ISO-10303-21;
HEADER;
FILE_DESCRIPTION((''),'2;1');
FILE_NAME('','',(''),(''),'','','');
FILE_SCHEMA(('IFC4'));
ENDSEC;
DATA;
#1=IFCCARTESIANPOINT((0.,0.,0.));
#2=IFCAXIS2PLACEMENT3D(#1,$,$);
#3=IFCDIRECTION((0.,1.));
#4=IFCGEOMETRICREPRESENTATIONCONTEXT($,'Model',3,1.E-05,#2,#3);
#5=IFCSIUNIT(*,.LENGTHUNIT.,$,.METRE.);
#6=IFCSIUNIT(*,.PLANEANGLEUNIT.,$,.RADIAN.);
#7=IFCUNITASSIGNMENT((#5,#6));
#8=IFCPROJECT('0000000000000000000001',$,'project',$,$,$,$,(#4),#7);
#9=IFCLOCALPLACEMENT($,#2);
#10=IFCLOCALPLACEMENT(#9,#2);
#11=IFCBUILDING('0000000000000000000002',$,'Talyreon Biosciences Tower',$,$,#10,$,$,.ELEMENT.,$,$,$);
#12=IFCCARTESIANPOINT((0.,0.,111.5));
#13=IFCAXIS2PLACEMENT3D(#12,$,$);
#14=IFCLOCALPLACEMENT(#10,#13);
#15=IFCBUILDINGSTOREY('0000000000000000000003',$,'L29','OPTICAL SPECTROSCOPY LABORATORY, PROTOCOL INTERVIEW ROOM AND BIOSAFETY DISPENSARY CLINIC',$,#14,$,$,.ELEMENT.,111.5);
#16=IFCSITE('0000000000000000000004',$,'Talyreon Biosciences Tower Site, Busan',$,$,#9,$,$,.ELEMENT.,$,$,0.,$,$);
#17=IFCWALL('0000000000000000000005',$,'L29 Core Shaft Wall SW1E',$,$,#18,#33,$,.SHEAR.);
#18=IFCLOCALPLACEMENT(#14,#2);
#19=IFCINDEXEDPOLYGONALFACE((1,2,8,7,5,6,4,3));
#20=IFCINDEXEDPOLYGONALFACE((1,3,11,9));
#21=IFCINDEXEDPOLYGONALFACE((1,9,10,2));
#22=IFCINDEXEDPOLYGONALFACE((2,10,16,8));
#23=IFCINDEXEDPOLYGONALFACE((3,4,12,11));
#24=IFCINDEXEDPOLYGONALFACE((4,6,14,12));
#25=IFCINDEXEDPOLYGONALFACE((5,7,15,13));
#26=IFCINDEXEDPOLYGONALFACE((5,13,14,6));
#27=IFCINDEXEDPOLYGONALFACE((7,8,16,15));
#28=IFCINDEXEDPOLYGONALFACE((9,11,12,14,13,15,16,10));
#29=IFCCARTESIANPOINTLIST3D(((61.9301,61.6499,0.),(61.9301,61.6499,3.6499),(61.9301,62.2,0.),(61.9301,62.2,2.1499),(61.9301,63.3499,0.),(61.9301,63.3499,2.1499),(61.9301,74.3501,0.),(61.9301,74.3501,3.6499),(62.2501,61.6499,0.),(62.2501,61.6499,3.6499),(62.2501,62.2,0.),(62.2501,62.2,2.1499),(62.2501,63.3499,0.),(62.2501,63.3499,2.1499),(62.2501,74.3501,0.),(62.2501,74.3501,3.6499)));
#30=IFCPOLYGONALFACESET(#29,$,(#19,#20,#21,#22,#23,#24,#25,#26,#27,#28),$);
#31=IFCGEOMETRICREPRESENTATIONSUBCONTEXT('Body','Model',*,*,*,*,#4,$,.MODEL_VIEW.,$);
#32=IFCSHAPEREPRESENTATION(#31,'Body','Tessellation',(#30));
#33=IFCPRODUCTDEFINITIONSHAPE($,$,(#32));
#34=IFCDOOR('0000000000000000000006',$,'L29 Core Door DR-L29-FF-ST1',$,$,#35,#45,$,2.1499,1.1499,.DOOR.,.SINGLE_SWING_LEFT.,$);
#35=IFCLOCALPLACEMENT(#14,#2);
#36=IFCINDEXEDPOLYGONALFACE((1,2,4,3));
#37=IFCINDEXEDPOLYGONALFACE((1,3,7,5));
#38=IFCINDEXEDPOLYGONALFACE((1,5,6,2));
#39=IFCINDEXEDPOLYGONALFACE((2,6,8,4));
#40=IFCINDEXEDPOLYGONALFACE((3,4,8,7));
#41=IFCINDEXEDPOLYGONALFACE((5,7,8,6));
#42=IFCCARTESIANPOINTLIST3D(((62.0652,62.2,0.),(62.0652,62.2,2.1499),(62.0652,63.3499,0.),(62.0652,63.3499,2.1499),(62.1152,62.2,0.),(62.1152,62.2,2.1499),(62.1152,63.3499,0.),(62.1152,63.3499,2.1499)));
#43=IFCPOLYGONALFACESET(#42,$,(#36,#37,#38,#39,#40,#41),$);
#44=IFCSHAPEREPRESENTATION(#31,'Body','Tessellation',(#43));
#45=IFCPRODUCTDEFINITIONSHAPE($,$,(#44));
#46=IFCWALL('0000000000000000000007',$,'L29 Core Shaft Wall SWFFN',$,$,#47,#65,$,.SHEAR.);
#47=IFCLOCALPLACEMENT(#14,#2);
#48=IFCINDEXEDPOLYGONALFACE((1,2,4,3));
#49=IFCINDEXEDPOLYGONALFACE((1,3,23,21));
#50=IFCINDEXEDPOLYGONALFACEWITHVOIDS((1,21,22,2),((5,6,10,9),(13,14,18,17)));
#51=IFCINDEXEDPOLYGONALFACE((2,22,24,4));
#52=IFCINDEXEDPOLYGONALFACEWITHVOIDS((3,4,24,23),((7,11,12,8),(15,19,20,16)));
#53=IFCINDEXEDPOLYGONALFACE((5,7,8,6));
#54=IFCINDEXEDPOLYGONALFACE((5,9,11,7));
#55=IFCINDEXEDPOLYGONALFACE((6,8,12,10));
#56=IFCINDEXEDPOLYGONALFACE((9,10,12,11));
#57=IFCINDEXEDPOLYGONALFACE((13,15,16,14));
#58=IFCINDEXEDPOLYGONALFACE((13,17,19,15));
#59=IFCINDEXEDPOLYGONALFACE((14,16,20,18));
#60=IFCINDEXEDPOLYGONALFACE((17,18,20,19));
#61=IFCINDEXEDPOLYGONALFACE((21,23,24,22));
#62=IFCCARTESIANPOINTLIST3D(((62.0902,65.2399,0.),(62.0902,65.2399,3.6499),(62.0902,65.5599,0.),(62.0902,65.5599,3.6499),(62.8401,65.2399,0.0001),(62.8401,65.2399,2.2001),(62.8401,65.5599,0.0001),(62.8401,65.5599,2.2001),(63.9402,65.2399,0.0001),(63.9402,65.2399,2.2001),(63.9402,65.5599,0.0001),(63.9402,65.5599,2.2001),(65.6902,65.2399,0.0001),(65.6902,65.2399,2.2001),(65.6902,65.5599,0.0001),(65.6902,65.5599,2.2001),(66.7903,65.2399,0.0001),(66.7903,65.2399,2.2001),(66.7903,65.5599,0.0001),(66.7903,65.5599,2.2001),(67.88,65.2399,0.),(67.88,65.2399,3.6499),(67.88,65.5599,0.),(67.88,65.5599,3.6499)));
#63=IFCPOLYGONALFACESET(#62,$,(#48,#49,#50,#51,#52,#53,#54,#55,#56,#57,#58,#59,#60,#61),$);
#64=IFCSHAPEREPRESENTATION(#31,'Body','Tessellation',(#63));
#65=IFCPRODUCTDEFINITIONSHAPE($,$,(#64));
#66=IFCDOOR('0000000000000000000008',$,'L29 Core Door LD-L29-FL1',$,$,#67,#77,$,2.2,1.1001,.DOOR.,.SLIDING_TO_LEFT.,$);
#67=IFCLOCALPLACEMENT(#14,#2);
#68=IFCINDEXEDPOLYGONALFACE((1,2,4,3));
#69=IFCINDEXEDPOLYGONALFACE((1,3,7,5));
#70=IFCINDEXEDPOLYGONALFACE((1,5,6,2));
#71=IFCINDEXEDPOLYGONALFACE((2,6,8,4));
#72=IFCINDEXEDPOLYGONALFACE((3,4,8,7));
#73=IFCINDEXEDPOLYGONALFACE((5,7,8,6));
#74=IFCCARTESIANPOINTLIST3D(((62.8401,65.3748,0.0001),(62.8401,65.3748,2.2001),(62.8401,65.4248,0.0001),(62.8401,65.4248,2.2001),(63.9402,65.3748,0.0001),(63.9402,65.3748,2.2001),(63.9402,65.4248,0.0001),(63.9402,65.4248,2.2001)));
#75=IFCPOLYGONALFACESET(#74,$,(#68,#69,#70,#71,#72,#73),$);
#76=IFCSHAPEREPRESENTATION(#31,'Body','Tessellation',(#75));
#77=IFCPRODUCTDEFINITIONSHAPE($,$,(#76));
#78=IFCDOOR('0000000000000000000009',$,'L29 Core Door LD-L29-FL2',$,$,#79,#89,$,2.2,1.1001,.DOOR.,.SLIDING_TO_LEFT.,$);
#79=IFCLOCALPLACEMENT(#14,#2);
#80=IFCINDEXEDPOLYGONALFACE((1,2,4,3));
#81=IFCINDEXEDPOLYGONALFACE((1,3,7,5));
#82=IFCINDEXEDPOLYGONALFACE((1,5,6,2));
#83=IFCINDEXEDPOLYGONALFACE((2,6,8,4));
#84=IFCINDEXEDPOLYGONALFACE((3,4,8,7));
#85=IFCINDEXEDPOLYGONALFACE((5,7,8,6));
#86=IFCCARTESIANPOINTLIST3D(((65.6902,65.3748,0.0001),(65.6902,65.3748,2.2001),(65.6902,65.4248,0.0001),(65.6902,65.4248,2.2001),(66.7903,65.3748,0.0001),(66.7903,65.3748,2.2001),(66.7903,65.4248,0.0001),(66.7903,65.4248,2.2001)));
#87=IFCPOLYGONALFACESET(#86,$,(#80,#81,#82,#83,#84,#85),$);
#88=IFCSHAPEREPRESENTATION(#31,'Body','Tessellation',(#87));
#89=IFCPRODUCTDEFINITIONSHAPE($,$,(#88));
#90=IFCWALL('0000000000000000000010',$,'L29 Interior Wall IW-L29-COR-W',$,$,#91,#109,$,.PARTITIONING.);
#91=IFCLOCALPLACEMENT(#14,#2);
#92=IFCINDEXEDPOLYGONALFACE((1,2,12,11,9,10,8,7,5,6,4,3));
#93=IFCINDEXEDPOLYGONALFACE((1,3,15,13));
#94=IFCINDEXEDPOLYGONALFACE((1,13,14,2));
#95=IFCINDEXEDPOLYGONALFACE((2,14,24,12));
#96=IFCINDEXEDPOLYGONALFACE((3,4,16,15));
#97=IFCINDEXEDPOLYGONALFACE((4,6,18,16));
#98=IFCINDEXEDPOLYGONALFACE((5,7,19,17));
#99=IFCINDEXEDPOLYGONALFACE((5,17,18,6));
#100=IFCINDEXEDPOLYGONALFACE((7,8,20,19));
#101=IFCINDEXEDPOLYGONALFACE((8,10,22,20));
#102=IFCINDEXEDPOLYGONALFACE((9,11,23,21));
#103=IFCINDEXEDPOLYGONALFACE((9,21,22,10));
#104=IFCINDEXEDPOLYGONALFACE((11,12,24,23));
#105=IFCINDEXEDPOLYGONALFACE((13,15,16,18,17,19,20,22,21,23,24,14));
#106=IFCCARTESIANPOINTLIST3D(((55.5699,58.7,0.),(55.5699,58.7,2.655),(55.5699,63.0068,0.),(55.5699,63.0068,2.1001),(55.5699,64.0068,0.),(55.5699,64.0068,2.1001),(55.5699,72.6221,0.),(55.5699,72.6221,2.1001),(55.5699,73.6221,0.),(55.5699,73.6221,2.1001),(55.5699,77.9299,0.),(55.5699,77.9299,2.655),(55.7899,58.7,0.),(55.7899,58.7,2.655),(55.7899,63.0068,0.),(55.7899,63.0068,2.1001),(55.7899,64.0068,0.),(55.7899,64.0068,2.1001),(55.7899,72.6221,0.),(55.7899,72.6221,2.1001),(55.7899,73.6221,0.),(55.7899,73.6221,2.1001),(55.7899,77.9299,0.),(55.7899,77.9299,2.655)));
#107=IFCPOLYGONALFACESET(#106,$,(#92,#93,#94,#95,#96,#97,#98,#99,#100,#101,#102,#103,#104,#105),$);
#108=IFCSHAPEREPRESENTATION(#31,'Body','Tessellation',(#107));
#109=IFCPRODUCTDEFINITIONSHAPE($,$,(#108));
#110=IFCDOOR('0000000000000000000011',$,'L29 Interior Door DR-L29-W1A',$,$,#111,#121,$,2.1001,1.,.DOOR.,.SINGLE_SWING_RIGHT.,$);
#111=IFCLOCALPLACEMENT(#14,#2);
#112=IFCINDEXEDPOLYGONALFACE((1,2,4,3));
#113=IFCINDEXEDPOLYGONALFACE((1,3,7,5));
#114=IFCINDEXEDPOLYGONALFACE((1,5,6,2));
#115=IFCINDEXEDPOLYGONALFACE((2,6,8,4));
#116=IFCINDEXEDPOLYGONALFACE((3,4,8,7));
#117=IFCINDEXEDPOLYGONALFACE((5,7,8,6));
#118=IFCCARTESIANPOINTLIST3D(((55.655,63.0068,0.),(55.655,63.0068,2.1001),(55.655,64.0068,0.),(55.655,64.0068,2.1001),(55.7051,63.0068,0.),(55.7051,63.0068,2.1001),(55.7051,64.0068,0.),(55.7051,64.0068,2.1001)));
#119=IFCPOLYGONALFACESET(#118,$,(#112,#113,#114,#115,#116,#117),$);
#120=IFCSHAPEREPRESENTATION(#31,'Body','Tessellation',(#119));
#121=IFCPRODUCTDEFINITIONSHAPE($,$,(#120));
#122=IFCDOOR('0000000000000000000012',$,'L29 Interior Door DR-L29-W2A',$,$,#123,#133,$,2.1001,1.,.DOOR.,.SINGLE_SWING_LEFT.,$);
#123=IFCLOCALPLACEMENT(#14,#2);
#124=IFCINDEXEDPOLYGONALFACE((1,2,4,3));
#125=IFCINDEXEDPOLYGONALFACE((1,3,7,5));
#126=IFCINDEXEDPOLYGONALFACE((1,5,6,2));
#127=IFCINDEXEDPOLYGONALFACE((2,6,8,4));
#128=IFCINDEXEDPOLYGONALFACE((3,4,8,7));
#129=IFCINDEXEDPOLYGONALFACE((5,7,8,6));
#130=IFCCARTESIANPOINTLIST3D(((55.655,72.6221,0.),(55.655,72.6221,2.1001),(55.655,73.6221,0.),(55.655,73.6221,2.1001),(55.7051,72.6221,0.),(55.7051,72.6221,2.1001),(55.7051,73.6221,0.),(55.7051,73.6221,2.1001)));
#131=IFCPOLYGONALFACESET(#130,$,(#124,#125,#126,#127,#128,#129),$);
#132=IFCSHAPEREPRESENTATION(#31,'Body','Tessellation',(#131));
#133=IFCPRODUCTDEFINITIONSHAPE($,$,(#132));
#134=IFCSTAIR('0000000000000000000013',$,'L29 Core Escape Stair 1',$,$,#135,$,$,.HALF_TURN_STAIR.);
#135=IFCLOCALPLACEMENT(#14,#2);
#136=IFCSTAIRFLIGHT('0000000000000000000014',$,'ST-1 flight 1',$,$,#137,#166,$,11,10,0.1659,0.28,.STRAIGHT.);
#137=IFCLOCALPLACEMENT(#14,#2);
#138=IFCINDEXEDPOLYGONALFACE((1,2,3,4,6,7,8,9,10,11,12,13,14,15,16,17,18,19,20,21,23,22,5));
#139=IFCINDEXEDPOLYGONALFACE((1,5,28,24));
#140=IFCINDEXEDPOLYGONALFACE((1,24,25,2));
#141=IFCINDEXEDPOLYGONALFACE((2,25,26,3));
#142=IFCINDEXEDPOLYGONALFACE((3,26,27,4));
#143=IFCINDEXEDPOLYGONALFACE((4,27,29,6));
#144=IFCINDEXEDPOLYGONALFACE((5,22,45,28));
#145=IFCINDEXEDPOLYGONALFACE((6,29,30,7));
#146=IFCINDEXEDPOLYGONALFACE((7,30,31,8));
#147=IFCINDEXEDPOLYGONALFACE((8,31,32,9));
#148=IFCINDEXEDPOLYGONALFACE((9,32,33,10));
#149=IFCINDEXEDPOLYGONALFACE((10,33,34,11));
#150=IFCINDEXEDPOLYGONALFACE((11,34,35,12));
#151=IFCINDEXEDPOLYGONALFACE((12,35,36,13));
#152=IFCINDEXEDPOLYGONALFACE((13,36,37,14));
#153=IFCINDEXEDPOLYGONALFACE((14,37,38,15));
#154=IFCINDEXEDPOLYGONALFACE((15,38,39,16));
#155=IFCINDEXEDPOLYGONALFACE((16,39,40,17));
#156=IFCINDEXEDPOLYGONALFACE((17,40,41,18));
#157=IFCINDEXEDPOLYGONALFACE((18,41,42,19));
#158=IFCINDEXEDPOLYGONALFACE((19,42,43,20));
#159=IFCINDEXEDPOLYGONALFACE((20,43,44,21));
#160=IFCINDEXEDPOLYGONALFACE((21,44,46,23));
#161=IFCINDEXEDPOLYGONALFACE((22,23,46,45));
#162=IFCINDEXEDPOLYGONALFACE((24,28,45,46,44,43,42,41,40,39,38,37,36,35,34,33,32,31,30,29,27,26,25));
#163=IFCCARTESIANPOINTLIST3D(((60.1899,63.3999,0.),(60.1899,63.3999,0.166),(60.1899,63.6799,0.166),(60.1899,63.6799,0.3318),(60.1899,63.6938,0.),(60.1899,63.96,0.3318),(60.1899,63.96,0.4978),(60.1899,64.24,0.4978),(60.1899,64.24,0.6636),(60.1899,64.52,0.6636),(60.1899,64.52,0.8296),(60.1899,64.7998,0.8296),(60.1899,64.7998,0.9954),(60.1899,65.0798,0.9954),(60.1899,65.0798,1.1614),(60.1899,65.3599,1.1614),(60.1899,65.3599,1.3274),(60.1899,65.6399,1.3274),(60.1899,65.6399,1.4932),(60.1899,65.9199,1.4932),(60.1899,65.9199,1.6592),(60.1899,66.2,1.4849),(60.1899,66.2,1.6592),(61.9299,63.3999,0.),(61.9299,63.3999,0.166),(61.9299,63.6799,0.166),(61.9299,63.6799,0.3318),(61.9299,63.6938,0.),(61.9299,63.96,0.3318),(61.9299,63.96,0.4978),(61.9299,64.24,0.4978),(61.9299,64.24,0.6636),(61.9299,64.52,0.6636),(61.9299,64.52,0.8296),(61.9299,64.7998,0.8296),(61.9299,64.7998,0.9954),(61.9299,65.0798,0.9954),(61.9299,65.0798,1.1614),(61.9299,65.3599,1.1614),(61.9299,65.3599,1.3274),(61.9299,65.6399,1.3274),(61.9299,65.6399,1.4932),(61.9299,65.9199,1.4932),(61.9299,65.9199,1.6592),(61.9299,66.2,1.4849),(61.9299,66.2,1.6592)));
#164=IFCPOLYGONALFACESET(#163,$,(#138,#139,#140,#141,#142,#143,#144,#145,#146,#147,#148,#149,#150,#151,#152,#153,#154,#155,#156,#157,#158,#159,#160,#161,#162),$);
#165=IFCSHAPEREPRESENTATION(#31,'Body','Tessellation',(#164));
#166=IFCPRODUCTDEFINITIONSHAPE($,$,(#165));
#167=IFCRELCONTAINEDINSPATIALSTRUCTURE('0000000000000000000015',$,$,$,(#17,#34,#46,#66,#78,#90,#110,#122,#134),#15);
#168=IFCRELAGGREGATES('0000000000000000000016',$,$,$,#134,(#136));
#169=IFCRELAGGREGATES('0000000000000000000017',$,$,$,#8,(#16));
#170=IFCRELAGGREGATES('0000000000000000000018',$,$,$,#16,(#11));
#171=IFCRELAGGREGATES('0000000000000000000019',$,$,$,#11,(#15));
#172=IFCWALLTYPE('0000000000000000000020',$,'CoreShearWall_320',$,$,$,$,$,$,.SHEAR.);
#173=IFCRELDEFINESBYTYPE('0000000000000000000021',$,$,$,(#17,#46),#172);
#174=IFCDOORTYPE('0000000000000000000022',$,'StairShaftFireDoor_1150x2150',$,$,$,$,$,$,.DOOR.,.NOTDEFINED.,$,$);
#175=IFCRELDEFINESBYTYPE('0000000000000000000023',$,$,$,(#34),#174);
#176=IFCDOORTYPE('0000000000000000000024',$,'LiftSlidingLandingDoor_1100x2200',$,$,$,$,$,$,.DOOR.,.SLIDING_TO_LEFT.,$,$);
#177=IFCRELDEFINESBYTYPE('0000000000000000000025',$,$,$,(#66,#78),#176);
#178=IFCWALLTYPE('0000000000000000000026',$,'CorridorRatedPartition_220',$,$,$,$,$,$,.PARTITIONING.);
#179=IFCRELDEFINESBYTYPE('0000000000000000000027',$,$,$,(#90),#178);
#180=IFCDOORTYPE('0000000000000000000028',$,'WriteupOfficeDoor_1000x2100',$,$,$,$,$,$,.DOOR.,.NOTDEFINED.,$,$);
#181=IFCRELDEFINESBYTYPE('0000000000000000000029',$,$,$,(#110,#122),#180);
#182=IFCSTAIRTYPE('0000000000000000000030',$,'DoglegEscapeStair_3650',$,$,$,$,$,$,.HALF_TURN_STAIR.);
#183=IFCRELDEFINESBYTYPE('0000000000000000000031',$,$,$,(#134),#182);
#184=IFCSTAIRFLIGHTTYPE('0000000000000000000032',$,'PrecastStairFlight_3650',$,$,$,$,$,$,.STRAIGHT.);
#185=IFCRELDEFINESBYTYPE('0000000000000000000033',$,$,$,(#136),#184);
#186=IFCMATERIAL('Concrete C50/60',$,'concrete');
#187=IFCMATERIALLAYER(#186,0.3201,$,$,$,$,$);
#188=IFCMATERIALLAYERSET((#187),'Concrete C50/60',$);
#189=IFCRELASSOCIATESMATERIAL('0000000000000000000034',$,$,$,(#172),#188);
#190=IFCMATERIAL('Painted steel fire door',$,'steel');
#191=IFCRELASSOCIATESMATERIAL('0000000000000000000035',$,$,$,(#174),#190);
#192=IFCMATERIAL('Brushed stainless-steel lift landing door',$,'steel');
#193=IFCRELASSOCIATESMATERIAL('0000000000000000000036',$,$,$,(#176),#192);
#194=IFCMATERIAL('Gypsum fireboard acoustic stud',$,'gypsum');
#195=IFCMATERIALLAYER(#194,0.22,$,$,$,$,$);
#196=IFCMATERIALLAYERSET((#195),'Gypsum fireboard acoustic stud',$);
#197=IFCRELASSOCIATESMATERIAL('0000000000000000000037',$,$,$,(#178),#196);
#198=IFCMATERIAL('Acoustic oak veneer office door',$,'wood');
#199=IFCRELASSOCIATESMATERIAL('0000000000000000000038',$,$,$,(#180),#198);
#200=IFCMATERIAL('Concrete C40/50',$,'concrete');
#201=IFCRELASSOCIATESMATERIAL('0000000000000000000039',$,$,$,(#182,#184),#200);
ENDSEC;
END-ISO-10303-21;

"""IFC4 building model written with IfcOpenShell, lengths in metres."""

from ifc_helpers import new_model, si_unit, direction, frame, frame_2d, origin, place, context, subcontext, project, spatial, polyline, rectangle, outline, extrude, material, layer, layer_set, type_object, element, fill, aggregate, save


model = new_model("IFC4")

# Units and contexts
model_context = context("Model", 3, precision=1e-05, world=origin(), true_north=direction((0.0, 1.0)))
body_context = subcontext(model_context, "Body", "Model", "MODEL_VIEW")
ifc_project = project(units=[si_unit("LENGTHUNIT", "METRE"), si_unit("PLANEANGLEUNIT", "RADIAN")], contexts=[model_context])

# Site, building, storey
site_placement = place(None, origin())
site = spatial("IfcSite", under=ifc_project, at=site_placement, Name="Talyreon Biosciences Tower Site, Busan", CompositionType="ELEMENT", RefElevation=0.0)
building_placement = place(site_placement, origin())
building = spatial("IfcBuilding", under=site, at=building_placement, Name="Talyreon Biosciences Tower", CompositionType="ELEMENT")
storey_placement = place(building_placement, frame((0.0, 0.0, 111.5)))
storey = spatial("IfcBuildingStorey", under=building, at=storey_placement, Name="L29", Description="OPTICAL SPECTROSCOPY LABORATORY, PROTOCOL INTERVIEW ROOM AND BIOSAFETY DISPENSARY CLINIC", CompositionType="ELEMENT", Elevation=111.5)

# Shared definitions
ifc_material_1 = material(Name="Concrete C50/60", Category="concrete")

# Wall, opening, door
ifc_layer_1 = layer(ifc_material_1, 0.3201)
ifc_layer_set_1 = layer_set([ifc_layer_1], Name="Concrete C50/60")
wall_type_1 = type_object("IfcWallType", Name="CoreShearWall_320", PredefinedType="SHEAR", material=ifc_layer_set_1)
wall_1_placement = place(storey_placement, frame((62.0901, 61.6499, 0.0), z_axis=(0.0, 0.0, 1.0), x_axis=(0.0, 1.0, 0.0)))
wall_1 = element("IfcWall", 1, at=wall_1_placement, inside=storey, type_object=wall_type_1, Name="L29 Core Shaft Wall SW1E", PredefinedType="SHEAR", context=body_context, shape_type="SweptSolid", body=[
    extrude(rectangle(XDim=12.7002, YDim=0.3201, at=frame_2d((6.3501, 0.0))), origin(), (0.0, 0.0, 1.0), 3.6499),
])
opening_1_placement = place(wall_1_placement, frame((0.55, 0.0, 0.0)))
opening_1 = element("IfcOpeningElement", 2, at=opening_1_placement, cuts=wall_1, PredefinedType="OPENING", context=body_context, shape_type="SweptSolid", body=[
    extrude(rectangle(XDim=1.1499, YDim=2.1499, at=frame_2d((0.575, 1.075))), frame((0.0, 0.1699, 0.0), z_axis=(0.0, -1.0, 0.0), x_axis=(1.0, 0.0, 0.0)), (0.0, 0.0, 1.0), 0.3401),
])
ifc_material_2 = material(Name="Painted steel fire door", Category="steel")
door_type_1 = type_object("IfcDoorType", Name="StairShaftFireDoor_1150x2150", OperationType="NOTDEFINED", PredefinedType="DOOR", material=ifc_material_2)
door_1_placement = place(opening_1_placement, origin())
door_1 = element("IfcDoor", 3, at=door_1_placement, inside=storey, type_object=door_type_1, Name="L29 Core Door DR-L29-FF-ST1", OperationType="SINGLE_SWING_LEFT", OverallHeight=2.1499, OverallWidth=1.1499, PredefinedType="DOOR", context=body_context, shape_type="SweptSolid", body=[
    extrude(rectangle(XDim=1.1499, YDim=2.1499, at=frame_2d((0.575, 1.075))), frame((0.0, 0.0249, 0.0), z_axis=(0.0, -1.0, 0.0), x_axis=(1.0, 0.0, 0.0)), (0.0, 0.0, 1.0), 0.05),
])
fill(opening_1, door_1)

# Walls, openings, doors
wall_2_placement = place(storey_placement, frame((62.0901, 65.3999, 0.0), z_axis=(0.0, 0.0, 1.0), x_axis=(1.0, 0.0, 0.0)))
wall_2 = element("IfcWall", 4, at=wall_2_placement, inside=storey, type_object=wall_type_1, Name="L29 Core Shaft Wall SWFFN", PredefinedType="SHEAR", context=body_context, shape_type="SweptSolid", body=[
    extrude(rectangle(XDim=5.7898, YDim=0.3201, at=frame_2d((2.895, 0.0))), origin(), (0.0, 0.0, 1.0), 3.6499),
])
opening_2_placement = place(wall_2_placement, frame((0.75, 0.0, 0.0)))
opening_2 = element("IfcOpeningElement", 5, at=opening_2_placement, cuts=wall_2, PredefinedType="OPENING", context=body_context, shape_type="SweptSolid", body=[
    extrude(rectangle(XDim=1.1001, YDim=2.2, at=frame_2d((0.55, 1.1001))), frame((0.0, 0.1699, 0.0), z_axis=(0.0, -1.0, 0.0), x_axis=(1.0, 0.0, 0.0)), (0.0, 0.0, 1.0), 0.3401),
])
opening_3_placement = place(wall_2_placement, frame((3.6001, 0.0, 0.0)))
opening_3 = element("IfcOpeningElement", 6, at=opening_3_placement, cuts=wall_2, PredefinedType="OPENING", context=body_context, shape_type="SweptSolid", body=[
    extrude(rectangle(XDim=1.1001, YDim=2.2, at=frame_2d((0.55, 1.1001))), frame((0.0, 0.1699, 0.0), z_axis=(0.0, -1.0, 0.0), x_axis=(1.0, 0.0, 0.0)), (0.0, 0.0, 1.0), 0.3401),
])
ifc_material_3 = material(Name="Brushed stainless-steel lift landing door", Category="steel")
door_type_2 = type_object("IfcDoorType", Name="LiftSlidingLandingDoor_1100x2200", OperationType="SLIDING_TO_LEFT", PredefinedType="DOOR", material=ifc_material_3)
door_2_placement = place(opening_2_placement, origin())
door_2 = element("IfcDoor", 7, at=door_2_placement, inside=storey, type_object=door_type_2, Name="L29 Core Door LD-L29-FL1", OperationType="SLIDING_TO_LEFT", OverallHeight=2.2, OverallWidth=1.1001, PredefinedType="DOOR", context=body_context, shape_type="SweptSolid", body=[
    extrude(rectangle(XDim=1.1001, YDim=2.2, at=frame_2d((0.55, 1.1001))), frame((0.0, 0.0249, 0.0), z_axis=(0.0, -1.0, 0.0), x_axis=(1.0, 0.0, 0.0)), (0.0, 0.0, 1.0), 0.05),
])
fill(opening_2, door_2)
door_3_placement = place(opening_3_placement, origin())
door_3 = element("IfcDoor", 8, at=door_3_placement, inside=storey, type_object=door_type_2, Name="L29 Core Door LD-L29-FL2", OperationType="SLIDING_TO_LEFT", OverallHeight=2.2, OverallWidth=1.1001, PredefinedType="DOOR", context=body_context, shape_type="SweptSolid", body=[
    extrude(rectangle(XDim=1.1001, YDim=2.2, at=frame_2d((0.55, 1.1001))), frame((0.0, 0.0249, 0.0), z_axis=(0.0, -1.0, 0.0), x_axis=(1.0, 0.0, 0.0)), (0.0, 0.0, 1.0), 0.05),
])
fill(opening_3, door_3)
ifc_material_4 = material(Name="Gypsum fireboard acoustic stud", Category="gypsum")
ifc_layer_2 = layer(ifc_material_4, 0.22)
ifc_layer_set_2 = layer_set([ifc_layer_2], Name="Gypsum fireboard acoustic stud")
wall_type_2 = type_object("IfcWallType", Name="CorridorRatedPartition_220", PredefinedType="PARTITIONING", material=ifc_layer_set_2)
wall_3_placement = place(storey_placement, frame((55.6799, 58.7, 0.0), z_axis=(0.0, 0.0, 1.0), x_axis=(0.0, 1.0, 0.0)))
wall_3 = element("IfcWall", 9, at=wall_3_placement, inside=storey, type_object=wall_type_2, Name="L29 Interior Wall IW-L29-COR-W", PredefinedType="PARTITIONING", context=body_context, shape_type="SweptSolid", body=[
    extrude(rectangle(XDim=19.23, YDim=0.22, at=frame_2d((9.615, 0.0))), origin(), (0.0, 0.0, 1.0), 2.655),
])
opening_4_placement = place(wall_3_placement, frame((4.3069, 0.0, 0.0)))
opening_4 = element("IfcOpeningElement", 10, at=opening_4_placement, cuts=wall_3, PredefinedType="OPENING", context=body_context, shape_type="SweptSolid", body=[
    extrude(rectangle(XDim=1.0, YDim=2.1001, at=frame_2d((0.5, 1.05))), frame((0.0, 0.1199, 0.0), z_axis=(0.0, -1.0, 0.0), x_axis=(1.0, 0.0, 0.0)), (0.0, 0.0, 1.0), 0.24),
])
opening_5_placement = place(wall_3_placement, frame((13.9221, 0.0, 0.0)))
opening_5 = element("IfcOpeningElement", 11, at=opening_5_placement, cuts=wall_3, PredefinedType="OPENING", context=body_context, shape_type="SweptSolid", body=[
    extrude(rectangle(XDim=1.0, YDim=2.1001, at=frame_2d((0.5, 1.05))), frame((0.0, 0.1199, 0.0), z_axis=(0.0, -1.0, 0.0), x_axis=(1.0, 0.0, 0.0)), (0.0, 0.0, 1.0), 0.24),
])
ifc_material_5 = material(Name="Acoustic oak veneer office door", Category="wood")
door_type_3 = type_object("IfcDoorType", Name="WriteupOfficeDoor_1000x2100", OperationType="NOTDEFINED", PredefinedType="DOOR", material=ifc_material_5)
door_4_placement = place(opening_4_placement, origin())
door_4 = element("IfcDoor", 12, at=door_4_placement, inside=storey, type_object=door_type_3, Name="L29 Interior Door DR-L29-W1A", OperationType="SINGLE_SWING_RIGHT", OverallHeight=2.1001, OverallWidth=1.0, PredefinedType="DOOR", context=body_context, shape_type="SweptSolid", body=[
    extrude(rectangle(XDim=1.0, YDim=2.1001, at=frame_2d((0.5, 1.05))), frame((0.0, 0.0249, 0.0), z_axis=(0.0, -1.0, 0.0), x_axis=(1.0, 0.0, 0.0)), (0.0, 0.0, 1.0), 0.05),
])
fill(opening_4, door_4)
door_5_placement = place(opening_5_placement, origin())
door_5 = element("IfcDoor", 13, at=door_5_placement, inside=storey, type_object=door_type_3, Name="L29 Interior Door DR-L29-W2A", OperationType="SINGLE_SWING_LEFT", OverallHeight=2.1001, OverallWidth=1.0, PredefinedType="DOOR", context=body_context, shape_type="SweptSolid", body=[
    extrude(rectangle(XDim=1.0, YDim=2.1001, at=frame_2d((0.5, 1.05))), frame((0.0, 0.0249, 0.0), z_axis=(0.0, -1.0, 0.0), x_axis=(1.0, 0.0, 0.0)), (0.0, 0.0, 1.0), 0.05),
])
fill(opening_5, door_5)

# Stair, stair flight
ifc_material_6 = material(Name="Concrete C40/50", Category="concrete")
stair_type = type_object("IfcStairType", Name="DoglegEscapeStair_3650", PredefinedType="HALF_TURN_STAIR", material=ifc_material_6)
stair_placement = place(storey_placement, origin())
stair = element("IfcStair", 14, at=stair_placement, inside=storey, type_object=stair_type, Name="L29 Core Escape Stair 1", PredefinedType="HALF_TURN_STAIR")
stair_flight_type = type_object("IfcStairFlightType", Name="PrecastStairFlight_3650", PredefinedType="STRAIGHT", material=ifc_material_6)
stair_flight_placement = place(storey_placement, frame((61.0601, 63.3999, 0.0), z_axis=(0.0, 0.0, 1.0), x_axis=(0.0, 1.0, 0.0)))
stair_flight = element("IfcStairFlight", 15, at=stair_flight_placement, type_object=stair_flight_type, Name="ST-1 flight 1", NumberOfRisers=11, NumberOfTreads=10, PredefinedType="STRAIGHT", RiserHeight=0.1659, TreadLength=0.28, context=body_context, shape_type="SweptSolid", body=[
    extrude(outline(polyline([(0.0, 0.0), (0.0, 0.166), (0.28, 0.166), (0.28, 0.3318), (0.5601, 0.3318), (0.5601, 0.4978), (0.8401, 0.4978), (0.8401, 0.6636), (1.1201, 0.6636), (1.1201, 0.8296), (1.3999, 0.8296), (1.3999, 0.9954), (1.6799, 0.9954), (1.6799, 1.1614), (1.96, 1.1614), (1.96, 1.3274), (2.24, 1.3274), (2.24, 1.4932), (2.52, 1.4932), (2.52, 1.6592), (2.8, 1.6592), (2.8, 1.825), (2.8, 1.4849), (0.2939, 0.0), (0.0, 0.0)])), frame((0.0, 0.8701, 0.0), z_axis=(0.0, -1.0, 0.0), x_axis=(1.0, 0.0, 0.0)), (0.0, 0.0, 1.0), 1.74),
])
aggregate(stair, [stair_flight])

save(model, "model.ifc")
